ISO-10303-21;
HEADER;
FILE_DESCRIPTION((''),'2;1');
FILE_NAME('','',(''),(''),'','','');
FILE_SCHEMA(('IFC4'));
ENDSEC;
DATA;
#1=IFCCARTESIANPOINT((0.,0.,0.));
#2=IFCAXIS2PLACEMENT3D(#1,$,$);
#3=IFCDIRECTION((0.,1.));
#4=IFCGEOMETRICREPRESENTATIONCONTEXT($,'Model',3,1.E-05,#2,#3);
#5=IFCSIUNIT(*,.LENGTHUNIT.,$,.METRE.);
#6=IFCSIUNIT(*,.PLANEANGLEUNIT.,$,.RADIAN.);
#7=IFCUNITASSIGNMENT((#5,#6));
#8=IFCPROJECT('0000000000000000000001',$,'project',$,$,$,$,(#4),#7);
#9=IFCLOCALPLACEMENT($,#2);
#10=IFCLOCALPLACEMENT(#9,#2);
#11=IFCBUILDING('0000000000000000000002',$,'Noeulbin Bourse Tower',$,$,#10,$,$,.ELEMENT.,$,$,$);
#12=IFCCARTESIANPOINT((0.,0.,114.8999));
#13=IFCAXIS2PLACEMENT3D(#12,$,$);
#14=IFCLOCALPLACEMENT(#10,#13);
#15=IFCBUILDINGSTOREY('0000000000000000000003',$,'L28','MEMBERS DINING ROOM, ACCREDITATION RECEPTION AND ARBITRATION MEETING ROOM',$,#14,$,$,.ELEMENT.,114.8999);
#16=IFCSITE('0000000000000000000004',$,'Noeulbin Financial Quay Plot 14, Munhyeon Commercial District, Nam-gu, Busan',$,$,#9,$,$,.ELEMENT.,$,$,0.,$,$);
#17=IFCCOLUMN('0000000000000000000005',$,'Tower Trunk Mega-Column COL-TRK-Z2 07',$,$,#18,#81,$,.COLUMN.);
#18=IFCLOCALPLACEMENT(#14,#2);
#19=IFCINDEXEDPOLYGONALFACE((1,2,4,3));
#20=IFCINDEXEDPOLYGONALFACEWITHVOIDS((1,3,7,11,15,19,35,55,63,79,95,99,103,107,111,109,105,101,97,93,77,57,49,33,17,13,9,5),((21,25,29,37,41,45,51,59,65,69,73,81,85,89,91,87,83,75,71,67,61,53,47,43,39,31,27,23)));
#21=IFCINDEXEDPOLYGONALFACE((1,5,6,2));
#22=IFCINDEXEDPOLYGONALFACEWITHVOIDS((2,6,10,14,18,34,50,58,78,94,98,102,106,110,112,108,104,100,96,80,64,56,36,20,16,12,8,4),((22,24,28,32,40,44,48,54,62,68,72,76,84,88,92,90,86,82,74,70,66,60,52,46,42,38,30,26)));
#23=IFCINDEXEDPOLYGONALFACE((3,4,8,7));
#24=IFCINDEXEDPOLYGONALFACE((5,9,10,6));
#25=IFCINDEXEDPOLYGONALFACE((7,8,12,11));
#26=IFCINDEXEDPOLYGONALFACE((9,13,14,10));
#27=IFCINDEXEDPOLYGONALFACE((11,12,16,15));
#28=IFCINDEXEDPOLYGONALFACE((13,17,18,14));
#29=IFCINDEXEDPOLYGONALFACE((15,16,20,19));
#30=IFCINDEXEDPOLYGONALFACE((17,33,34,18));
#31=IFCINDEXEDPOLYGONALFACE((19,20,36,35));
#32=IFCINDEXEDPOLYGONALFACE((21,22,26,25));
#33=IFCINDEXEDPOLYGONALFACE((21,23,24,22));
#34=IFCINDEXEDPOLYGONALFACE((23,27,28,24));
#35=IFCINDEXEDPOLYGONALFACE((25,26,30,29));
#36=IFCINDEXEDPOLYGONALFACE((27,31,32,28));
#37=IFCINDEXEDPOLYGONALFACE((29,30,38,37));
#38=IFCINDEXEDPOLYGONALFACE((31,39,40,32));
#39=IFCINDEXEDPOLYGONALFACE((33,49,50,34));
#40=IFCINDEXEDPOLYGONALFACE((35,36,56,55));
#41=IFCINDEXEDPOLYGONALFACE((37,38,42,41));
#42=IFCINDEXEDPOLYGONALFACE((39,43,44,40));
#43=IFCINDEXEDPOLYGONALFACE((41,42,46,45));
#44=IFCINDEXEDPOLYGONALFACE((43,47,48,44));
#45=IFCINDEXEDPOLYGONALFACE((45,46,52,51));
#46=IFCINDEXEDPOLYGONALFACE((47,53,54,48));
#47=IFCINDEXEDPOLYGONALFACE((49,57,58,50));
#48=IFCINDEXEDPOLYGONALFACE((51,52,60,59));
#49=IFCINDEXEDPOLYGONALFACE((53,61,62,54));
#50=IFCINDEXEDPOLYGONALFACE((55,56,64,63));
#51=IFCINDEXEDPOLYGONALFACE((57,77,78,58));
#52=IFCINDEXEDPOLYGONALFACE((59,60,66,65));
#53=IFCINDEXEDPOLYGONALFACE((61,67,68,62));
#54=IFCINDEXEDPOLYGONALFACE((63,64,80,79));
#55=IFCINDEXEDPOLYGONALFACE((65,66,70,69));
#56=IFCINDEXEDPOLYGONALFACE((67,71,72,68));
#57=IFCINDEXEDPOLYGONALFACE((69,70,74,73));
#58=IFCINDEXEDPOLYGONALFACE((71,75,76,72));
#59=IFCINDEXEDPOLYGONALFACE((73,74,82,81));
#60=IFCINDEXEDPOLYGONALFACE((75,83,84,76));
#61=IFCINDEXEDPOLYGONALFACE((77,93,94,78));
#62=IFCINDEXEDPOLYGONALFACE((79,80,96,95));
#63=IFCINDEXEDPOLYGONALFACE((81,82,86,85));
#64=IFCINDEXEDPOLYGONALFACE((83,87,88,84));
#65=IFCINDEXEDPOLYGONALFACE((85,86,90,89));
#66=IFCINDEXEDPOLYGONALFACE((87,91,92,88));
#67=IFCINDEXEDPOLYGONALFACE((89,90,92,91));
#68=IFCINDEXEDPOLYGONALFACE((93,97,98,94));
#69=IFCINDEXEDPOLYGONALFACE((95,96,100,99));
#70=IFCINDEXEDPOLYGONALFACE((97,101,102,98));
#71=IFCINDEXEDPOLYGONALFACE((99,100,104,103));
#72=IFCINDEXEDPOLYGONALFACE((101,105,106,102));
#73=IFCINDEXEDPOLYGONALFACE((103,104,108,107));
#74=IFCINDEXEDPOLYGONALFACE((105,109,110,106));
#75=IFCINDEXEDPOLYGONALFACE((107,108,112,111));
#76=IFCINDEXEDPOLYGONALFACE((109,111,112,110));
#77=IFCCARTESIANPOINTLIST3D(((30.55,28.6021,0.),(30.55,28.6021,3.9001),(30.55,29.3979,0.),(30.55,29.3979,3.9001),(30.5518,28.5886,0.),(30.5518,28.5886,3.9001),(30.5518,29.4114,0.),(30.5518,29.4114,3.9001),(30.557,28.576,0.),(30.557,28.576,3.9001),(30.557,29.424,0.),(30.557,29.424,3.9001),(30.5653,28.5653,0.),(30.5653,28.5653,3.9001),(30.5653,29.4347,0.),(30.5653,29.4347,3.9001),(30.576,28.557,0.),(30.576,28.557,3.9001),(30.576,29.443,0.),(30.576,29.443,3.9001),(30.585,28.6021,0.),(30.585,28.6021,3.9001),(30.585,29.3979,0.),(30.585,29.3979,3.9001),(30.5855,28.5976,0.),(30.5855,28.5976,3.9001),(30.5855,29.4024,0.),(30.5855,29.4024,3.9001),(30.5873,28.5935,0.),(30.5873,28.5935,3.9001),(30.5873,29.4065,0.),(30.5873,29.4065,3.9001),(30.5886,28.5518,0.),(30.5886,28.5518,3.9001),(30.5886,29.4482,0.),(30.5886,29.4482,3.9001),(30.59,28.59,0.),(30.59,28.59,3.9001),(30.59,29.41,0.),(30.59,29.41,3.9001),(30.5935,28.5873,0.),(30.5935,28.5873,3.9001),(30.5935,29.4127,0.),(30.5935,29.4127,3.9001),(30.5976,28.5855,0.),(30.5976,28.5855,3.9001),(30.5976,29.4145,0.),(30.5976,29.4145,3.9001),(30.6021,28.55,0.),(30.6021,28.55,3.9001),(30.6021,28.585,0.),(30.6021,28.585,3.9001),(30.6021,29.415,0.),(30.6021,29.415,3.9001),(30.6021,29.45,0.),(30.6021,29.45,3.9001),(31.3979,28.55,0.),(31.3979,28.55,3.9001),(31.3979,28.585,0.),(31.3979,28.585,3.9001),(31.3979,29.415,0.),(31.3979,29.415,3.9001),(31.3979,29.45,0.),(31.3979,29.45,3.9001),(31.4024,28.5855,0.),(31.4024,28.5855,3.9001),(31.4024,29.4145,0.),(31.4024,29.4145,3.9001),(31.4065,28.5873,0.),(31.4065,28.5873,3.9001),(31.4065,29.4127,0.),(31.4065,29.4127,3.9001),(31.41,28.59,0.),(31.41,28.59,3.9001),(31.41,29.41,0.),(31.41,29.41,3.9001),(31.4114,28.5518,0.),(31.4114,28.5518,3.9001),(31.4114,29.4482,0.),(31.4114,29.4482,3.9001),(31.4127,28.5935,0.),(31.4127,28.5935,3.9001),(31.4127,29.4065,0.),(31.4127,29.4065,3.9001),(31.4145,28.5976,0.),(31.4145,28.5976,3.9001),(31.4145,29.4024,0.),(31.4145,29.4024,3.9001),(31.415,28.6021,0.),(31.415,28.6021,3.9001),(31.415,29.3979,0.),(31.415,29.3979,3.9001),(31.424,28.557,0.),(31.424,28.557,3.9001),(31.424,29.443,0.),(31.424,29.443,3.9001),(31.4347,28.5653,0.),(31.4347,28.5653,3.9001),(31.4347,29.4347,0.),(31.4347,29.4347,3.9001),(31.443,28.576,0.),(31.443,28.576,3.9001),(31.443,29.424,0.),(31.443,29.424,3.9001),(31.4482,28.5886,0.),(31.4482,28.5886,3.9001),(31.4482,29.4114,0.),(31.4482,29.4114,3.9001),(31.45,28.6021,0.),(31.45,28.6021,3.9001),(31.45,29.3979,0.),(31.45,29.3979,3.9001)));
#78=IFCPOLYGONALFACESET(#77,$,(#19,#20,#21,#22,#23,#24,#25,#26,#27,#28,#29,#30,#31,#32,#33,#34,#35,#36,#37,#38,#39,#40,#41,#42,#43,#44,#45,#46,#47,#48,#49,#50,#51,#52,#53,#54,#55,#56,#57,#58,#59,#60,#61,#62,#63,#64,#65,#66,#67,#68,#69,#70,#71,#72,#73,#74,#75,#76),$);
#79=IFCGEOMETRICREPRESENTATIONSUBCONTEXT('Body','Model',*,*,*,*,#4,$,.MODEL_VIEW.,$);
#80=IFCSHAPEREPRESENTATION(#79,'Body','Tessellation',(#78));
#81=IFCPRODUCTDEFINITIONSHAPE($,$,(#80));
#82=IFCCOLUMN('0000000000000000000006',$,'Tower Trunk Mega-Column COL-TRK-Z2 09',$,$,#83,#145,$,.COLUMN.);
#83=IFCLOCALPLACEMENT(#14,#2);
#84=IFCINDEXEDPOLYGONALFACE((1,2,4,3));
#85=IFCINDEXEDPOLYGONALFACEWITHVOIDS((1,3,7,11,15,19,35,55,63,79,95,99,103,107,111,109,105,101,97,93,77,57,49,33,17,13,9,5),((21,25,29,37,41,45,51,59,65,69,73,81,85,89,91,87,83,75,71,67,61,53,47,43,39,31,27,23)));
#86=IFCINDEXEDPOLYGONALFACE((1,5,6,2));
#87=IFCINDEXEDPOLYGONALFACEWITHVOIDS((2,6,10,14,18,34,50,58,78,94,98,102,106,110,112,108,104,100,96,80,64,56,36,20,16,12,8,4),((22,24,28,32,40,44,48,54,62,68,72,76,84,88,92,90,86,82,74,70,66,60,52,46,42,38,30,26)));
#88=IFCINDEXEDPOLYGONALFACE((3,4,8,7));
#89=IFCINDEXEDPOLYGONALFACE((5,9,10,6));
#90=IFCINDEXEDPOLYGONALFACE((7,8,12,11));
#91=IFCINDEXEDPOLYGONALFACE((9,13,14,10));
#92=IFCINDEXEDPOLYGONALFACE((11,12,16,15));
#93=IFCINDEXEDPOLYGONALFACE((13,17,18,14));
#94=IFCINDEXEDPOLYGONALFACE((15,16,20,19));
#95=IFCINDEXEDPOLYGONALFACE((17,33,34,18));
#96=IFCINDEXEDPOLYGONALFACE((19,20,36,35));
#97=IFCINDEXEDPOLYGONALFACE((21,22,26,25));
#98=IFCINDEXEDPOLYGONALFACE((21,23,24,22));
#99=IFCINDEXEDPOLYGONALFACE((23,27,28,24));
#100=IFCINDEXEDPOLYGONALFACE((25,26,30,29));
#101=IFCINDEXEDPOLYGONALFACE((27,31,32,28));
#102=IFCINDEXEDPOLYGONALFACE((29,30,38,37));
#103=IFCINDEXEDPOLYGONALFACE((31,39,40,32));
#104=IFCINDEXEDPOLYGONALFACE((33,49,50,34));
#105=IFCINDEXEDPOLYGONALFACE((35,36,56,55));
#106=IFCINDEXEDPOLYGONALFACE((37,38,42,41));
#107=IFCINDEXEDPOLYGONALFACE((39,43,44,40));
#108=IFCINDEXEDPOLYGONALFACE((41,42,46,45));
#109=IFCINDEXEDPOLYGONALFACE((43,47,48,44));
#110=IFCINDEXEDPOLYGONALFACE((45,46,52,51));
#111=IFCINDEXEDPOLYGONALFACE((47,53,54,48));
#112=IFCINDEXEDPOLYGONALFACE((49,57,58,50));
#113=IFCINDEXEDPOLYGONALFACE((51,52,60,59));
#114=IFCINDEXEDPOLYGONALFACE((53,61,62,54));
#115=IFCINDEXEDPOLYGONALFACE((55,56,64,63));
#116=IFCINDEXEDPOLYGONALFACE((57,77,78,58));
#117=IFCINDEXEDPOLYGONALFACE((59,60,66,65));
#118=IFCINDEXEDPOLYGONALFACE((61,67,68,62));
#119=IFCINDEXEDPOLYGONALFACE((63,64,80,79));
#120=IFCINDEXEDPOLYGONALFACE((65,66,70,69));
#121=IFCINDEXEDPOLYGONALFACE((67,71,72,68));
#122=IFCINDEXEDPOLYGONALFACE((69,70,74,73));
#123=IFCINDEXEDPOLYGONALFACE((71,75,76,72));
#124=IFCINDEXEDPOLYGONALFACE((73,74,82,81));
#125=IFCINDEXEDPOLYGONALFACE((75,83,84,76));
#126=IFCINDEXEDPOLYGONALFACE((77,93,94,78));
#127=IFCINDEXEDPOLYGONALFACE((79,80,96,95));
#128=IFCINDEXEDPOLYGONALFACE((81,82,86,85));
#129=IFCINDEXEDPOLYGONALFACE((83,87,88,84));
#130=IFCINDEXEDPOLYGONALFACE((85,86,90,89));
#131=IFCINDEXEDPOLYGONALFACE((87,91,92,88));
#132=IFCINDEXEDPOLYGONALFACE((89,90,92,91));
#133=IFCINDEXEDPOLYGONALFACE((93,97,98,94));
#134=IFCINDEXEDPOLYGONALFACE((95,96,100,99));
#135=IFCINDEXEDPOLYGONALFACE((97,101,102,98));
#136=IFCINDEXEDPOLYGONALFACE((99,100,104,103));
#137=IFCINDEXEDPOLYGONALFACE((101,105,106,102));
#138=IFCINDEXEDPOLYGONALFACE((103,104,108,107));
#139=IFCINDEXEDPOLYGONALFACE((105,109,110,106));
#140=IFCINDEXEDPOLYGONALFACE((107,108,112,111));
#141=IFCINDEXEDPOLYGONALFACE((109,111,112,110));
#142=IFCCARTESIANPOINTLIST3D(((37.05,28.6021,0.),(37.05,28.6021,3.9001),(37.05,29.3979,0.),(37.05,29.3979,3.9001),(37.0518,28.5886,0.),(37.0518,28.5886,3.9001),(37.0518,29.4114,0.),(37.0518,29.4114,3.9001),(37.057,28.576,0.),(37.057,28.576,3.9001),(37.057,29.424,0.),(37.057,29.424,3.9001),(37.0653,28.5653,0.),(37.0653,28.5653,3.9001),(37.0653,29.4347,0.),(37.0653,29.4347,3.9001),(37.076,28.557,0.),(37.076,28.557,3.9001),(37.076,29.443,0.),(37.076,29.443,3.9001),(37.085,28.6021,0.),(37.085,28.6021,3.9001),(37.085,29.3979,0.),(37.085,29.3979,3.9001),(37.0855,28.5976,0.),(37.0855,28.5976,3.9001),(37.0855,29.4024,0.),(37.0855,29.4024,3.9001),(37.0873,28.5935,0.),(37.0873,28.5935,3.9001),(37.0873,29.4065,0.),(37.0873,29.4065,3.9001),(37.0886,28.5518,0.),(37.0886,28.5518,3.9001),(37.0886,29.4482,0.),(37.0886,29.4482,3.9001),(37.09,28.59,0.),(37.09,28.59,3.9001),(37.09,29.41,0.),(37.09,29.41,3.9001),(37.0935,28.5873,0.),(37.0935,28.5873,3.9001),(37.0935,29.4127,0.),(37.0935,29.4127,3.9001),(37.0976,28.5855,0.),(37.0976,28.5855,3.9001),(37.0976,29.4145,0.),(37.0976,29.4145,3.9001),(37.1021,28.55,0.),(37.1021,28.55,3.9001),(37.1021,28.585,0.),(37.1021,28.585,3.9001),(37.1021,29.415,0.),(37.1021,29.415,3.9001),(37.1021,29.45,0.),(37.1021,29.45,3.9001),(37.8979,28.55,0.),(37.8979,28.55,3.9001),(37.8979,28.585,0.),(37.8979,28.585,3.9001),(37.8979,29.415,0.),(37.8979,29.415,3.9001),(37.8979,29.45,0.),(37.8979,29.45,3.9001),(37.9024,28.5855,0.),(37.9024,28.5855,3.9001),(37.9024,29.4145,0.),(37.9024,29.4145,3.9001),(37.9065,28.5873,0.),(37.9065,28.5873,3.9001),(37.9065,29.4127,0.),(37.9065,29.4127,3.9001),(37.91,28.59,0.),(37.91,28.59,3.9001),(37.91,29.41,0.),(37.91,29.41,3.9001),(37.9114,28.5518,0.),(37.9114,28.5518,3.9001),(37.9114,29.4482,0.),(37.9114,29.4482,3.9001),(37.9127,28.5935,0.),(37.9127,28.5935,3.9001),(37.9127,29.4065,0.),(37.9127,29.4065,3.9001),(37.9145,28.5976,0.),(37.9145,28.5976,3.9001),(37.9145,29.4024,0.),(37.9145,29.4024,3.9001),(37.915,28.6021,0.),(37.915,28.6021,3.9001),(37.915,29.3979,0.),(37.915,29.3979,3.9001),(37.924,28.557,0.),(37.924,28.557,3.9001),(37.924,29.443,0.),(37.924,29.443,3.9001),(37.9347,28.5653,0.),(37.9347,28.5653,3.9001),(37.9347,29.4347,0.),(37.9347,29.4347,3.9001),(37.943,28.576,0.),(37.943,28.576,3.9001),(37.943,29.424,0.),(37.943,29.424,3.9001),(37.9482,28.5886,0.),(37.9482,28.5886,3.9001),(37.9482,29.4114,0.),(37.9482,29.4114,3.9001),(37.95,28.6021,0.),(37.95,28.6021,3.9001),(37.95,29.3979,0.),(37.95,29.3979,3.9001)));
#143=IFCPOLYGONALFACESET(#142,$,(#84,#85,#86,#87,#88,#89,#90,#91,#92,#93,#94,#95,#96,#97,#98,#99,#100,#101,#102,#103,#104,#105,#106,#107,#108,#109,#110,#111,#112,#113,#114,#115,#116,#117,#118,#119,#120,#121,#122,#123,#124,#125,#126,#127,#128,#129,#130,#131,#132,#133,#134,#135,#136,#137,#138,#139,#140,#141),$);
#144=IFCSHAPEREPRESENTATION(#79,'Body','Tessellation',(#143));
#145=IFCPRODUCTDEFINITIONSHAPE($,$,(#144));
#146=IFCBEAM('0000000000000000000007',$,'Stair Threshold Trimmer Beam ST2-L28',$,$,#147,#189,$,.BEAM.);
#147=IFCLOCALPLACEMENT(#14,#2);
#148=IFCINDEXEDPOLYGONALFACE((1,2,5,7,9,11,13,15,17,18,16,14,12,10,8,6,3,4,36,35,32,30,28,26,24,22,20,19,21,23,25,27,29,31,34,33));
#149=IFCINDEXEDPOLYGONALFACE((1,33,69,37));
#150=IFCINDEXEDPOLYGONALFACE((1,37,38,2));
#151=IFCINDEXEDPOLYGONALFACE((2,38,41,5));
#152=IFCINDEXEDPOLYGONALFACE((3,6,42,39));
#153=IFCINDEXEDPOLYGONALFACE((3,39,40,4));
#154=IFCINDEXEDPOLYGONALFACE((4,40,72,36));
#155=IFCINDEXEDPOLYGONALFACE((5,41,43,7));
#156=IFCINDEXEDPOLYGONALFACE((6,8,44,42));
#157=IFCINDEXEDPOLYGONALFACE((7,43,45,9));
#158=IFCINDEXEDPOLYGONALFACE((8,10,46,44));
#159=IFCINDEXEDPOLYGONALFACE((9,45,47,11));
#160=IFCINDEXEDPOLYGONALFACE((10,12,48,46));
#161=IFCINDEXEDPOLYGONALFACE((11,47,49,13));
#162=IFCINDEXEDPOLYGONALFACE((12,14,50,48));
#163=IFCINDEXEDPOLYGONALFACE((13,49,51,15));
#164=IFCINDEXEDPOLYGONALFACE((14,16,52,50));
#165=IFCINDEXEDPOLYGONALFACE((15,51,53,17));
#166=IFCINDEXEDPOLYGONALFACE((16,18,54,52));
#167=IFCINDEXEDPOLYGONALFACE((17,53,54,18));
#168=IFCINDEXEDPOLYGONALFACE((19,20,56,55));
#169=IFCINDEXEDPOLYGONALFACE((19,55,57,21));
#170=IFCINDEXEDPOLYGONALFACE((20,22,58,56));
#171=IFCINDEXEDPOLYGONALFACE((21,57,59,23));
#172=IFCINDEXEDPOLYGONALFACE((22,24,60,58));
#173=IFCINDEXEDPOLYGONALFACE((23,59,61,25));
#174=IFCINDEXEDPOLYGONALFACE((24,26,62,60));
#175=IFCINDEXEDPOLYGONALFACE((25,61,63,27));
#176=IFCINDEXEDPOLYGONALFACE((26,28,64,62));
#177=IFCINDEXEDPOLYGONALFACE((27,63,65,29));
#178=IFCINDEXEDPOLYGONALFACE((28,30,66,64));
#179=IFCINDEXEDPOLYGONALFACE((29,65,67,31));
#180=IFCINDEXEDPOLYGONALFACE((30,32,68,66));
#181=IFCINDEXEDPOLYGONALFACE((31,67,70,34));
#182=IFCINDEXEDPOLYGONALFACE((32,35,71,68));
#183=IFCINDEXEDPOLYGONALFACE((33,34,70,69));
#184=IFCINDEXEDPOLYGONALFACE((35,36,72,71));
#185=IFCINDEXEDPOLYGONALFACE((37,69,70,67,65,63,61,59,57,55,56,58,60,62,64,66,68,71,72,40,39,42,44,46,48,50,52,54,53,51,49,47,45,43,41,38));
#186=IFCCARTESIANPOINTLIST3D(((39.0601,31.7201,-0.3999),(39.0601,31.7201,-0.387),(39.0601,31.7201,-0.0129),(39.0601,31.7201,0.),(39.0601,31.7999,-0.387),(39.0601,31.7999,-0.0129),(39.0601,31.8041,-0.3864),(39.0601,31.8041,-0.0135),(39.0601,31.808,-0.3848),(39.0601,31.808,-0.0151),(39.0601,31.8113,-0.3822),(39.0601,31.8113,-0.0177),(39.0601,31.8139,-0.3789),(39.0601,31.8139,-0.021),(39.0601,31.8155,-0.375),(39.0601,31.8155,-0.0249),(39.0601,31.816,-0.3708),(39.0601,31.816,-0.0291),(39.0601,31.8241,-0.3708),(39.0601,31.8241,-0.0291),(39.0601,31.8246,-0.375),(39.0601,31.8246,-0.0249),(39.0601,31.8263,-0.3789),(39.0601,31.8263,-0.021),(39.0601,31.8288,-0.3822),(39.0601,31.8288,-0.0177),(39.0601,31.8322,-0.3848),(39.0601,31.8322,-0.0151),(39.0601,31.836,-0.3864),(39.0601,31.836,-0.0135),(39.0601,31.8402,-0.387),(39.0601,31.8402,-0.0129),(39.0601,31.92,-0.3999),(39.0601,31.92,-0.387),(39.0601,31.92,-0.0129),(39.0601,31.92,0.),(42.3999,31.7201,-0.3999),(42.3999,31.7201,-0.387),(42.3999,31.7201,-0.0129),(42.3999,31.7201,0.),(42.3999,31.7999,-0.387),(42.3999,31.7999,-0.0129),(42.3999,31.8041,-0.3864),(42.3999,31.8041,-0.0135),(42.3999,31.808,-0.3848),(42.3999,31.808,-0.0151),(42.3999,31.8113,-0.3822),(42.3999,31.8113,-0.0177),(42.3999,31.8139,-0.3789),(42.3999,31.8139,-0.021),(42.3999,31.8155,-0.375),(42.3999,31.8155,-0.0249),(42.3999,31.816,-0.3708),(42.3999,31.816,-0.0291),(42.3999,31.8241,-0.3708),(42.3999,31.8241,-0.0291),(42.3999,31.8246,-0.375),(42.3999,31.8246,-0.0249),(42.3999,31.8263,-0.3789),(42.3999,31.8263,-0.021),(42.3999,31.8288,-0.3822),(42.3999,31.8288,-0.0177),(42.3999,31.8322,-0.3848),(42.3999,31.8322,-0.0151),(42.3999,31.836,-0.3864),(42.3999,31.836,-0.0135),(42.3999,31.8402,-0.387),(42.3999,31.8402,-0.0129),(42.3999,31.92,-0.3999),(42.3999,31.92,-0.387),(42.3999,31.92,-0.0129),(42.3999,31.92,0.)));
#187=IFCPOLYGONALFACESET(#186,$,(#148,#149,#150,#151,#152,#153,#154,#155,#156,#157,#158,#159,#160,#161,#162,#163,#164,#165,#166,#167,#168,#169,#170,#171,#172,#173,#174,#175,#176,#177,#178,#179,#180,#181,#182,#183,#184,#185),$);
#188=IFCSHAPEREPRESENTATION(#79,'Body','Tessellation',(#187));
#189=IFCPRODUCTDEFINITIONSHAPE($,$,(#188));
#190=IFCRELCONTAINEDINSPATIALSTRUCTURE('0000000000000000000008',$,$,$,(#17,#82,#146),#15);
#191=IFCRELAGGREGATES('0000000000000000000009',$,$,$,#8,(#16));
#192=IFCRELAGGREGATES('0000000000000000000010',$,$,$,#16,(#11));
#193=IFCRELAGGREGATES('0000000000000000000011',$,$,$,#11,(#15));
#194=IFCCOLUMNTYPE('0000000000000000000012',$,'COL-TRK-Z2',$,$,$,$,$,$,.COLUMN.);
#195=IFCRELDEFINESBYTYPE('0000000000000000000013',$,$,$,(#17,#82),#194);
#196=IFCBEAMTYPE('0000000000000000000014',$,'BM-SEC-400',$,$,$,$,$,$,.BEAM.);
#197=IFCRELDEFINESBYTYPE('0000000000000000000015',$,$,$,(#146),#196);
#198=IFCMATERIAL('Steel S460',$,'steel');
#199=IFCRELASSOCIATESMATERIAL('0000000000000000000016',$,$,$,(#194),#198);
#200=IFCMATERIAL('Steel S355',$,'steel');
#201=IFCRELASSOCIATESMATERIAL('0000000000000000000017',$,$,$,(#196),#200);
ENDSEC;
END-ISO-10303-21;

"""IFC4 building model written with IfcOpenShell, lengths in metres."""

from ifc_helpers import new_model, si_unit, direction, frame, origin, origin_2d, place, context, subcontext, project, spatial, hollow_rectangle, i_section, extrude, material, material_profile, profile_set, type_object, element, save


model = new_model("IFC4")

# Units and contexts
model_context = context("Model", 3, precision=1e-05, world=origin(), true_north=direction((0.0, 1.0)))
body_context = subcontext(model_context, "Body", "Model", "MODEL_VIEW")
ifc_project = project(units=[si_unit("LENGTHUNIT", "METRE"), si_unit("PLANEANGLEUNIT", "RADIAN")], contexts=[model_context])

# Site, building, storey
site_placement = place(None, origin())
site = spatial("IfcSite", under=ifc_project, at=site_placement, Name="Noeulbin Financial Quay Plot 14, Munhyeon Commercial District, Nam-gu, Busan", CompositionType="ELEMENT", RefElevation=0.0)
building_placement = place(site_placement, origin())
building = spatial("IfcBuilding", under=site, at=building_placement, Name="Noeulbin Bourse Tower", CompositionType="ELEMENT")
storey_placement = place(building_placement, frame((0.0, 0.0, 114.8999)))
storey = spatial("IfcBuildingStorey", under=building, at=storey_placement, Name="L28", Description="MEMBERS DINING ROOM, ACCREDITATION RECEPTION AND ARBITRATION MEETING ROOM", CompositionType="ELEMENT", Elevation=114.8999)

# Columns
ifc_material_1 = material(Name="Steel S460", Category="steel")
ifc_material_profile_1 = material_profile(ifc_material_1, hollow_rectangle(XDim=0.8999, YDim=0.8999, WallThickness=0.0349, InnerFilletRadius=0.0171, OuterFilletRadius=0.052, at=origin_2d()), Name="BOX-900x900x35", Category="LoadBearing")
ifc_profile_set_1 = profile_set([ifc_material_profile_1], Name="Steel S460")
column_type = type_object("IfcColumnType", Name="COL-TRK-Z2", PredefinedType="COLUMN", material=ifc_profile_set_1)
for number, where, z_axis, x_axis, name in (
    (1, (31.0, 29.0, 0.0), (0.0, 0.0, 1.0), (1.0, 0.0, 0.0), "Tower Trunk Mega-Column COL-TRK-Z2 07"),
    (2, (37.5, 29.0, 0.0), (0.0, 0.0, 1.0), (1.0, 0.0, 0.0), "Tower Trunk Mega-Column COL-TRK-Z2 09"),
):
    element("IfcColumn", number, at=place(storey_placement, frame(where, z_axis=z_axis, x_axis=x_axis)), inside=storey, type_object=column_type, Name=name, PredefinedType="COLUMN", context=body_context, shape_type="SweptSolid", body=[
        extrude(hollow_rectangle(XDim=0.8999, YDim=0.8999, WallThickness=0.0349, InnerFilletRadius=0.0171, OuterFilletRadius=0.052, at=origin_2d()), origin(), (0.0, 0.0, 1.0), 3.9001),
    ])

# Beam
ifc_material_2 = material(Name="Steel S355", Category="steel")
ifc_material_profile_2 = material_profile(ifc_material_2, i_section(OverallWidth=0.2, OverallDepth=0.3999, WebThickness=0.0081, FlangeThickness=0.0129, FilletRadius=0.0161, at=origin_2d()), Name="H-400x200x8x13", Category="LoadBearing")
ifc_profile_set_2 = profile_set([ifc_material_profile_2], Name="Steel S355")
beam_type_1 = type_object("IfcBeamType", Name="BM-SEC-400", PredefinedType="BEAM", material=ifc_profile_set_2)
beam_placement = place(storey_placement, frame((39.0601, 31.8201, -0.2), z_axis=(1.0, 0.0, 0.0), x_axis=(0.0, 1.0, 0.0)))
element("IfcBeam", 3, at=beam_placement, inside=storey, type_object=beam_type_1, Name="Stair Threshold Trimmer Beam ST2-L28", PredefinedType="BEAM", context=body_context, shape_type="SweptSolid", body=[
    extrude(i_section(OverallWidth=0.2, OverallDepth=0.3999, WebThickness=0.0081, FlangeThickness=0.0129, FilletRadius=0.0161, at=origin_2d()), origin(), (0.0, 0.0, 1.0), 3.3398),
])

save(model, "model.ifc")
